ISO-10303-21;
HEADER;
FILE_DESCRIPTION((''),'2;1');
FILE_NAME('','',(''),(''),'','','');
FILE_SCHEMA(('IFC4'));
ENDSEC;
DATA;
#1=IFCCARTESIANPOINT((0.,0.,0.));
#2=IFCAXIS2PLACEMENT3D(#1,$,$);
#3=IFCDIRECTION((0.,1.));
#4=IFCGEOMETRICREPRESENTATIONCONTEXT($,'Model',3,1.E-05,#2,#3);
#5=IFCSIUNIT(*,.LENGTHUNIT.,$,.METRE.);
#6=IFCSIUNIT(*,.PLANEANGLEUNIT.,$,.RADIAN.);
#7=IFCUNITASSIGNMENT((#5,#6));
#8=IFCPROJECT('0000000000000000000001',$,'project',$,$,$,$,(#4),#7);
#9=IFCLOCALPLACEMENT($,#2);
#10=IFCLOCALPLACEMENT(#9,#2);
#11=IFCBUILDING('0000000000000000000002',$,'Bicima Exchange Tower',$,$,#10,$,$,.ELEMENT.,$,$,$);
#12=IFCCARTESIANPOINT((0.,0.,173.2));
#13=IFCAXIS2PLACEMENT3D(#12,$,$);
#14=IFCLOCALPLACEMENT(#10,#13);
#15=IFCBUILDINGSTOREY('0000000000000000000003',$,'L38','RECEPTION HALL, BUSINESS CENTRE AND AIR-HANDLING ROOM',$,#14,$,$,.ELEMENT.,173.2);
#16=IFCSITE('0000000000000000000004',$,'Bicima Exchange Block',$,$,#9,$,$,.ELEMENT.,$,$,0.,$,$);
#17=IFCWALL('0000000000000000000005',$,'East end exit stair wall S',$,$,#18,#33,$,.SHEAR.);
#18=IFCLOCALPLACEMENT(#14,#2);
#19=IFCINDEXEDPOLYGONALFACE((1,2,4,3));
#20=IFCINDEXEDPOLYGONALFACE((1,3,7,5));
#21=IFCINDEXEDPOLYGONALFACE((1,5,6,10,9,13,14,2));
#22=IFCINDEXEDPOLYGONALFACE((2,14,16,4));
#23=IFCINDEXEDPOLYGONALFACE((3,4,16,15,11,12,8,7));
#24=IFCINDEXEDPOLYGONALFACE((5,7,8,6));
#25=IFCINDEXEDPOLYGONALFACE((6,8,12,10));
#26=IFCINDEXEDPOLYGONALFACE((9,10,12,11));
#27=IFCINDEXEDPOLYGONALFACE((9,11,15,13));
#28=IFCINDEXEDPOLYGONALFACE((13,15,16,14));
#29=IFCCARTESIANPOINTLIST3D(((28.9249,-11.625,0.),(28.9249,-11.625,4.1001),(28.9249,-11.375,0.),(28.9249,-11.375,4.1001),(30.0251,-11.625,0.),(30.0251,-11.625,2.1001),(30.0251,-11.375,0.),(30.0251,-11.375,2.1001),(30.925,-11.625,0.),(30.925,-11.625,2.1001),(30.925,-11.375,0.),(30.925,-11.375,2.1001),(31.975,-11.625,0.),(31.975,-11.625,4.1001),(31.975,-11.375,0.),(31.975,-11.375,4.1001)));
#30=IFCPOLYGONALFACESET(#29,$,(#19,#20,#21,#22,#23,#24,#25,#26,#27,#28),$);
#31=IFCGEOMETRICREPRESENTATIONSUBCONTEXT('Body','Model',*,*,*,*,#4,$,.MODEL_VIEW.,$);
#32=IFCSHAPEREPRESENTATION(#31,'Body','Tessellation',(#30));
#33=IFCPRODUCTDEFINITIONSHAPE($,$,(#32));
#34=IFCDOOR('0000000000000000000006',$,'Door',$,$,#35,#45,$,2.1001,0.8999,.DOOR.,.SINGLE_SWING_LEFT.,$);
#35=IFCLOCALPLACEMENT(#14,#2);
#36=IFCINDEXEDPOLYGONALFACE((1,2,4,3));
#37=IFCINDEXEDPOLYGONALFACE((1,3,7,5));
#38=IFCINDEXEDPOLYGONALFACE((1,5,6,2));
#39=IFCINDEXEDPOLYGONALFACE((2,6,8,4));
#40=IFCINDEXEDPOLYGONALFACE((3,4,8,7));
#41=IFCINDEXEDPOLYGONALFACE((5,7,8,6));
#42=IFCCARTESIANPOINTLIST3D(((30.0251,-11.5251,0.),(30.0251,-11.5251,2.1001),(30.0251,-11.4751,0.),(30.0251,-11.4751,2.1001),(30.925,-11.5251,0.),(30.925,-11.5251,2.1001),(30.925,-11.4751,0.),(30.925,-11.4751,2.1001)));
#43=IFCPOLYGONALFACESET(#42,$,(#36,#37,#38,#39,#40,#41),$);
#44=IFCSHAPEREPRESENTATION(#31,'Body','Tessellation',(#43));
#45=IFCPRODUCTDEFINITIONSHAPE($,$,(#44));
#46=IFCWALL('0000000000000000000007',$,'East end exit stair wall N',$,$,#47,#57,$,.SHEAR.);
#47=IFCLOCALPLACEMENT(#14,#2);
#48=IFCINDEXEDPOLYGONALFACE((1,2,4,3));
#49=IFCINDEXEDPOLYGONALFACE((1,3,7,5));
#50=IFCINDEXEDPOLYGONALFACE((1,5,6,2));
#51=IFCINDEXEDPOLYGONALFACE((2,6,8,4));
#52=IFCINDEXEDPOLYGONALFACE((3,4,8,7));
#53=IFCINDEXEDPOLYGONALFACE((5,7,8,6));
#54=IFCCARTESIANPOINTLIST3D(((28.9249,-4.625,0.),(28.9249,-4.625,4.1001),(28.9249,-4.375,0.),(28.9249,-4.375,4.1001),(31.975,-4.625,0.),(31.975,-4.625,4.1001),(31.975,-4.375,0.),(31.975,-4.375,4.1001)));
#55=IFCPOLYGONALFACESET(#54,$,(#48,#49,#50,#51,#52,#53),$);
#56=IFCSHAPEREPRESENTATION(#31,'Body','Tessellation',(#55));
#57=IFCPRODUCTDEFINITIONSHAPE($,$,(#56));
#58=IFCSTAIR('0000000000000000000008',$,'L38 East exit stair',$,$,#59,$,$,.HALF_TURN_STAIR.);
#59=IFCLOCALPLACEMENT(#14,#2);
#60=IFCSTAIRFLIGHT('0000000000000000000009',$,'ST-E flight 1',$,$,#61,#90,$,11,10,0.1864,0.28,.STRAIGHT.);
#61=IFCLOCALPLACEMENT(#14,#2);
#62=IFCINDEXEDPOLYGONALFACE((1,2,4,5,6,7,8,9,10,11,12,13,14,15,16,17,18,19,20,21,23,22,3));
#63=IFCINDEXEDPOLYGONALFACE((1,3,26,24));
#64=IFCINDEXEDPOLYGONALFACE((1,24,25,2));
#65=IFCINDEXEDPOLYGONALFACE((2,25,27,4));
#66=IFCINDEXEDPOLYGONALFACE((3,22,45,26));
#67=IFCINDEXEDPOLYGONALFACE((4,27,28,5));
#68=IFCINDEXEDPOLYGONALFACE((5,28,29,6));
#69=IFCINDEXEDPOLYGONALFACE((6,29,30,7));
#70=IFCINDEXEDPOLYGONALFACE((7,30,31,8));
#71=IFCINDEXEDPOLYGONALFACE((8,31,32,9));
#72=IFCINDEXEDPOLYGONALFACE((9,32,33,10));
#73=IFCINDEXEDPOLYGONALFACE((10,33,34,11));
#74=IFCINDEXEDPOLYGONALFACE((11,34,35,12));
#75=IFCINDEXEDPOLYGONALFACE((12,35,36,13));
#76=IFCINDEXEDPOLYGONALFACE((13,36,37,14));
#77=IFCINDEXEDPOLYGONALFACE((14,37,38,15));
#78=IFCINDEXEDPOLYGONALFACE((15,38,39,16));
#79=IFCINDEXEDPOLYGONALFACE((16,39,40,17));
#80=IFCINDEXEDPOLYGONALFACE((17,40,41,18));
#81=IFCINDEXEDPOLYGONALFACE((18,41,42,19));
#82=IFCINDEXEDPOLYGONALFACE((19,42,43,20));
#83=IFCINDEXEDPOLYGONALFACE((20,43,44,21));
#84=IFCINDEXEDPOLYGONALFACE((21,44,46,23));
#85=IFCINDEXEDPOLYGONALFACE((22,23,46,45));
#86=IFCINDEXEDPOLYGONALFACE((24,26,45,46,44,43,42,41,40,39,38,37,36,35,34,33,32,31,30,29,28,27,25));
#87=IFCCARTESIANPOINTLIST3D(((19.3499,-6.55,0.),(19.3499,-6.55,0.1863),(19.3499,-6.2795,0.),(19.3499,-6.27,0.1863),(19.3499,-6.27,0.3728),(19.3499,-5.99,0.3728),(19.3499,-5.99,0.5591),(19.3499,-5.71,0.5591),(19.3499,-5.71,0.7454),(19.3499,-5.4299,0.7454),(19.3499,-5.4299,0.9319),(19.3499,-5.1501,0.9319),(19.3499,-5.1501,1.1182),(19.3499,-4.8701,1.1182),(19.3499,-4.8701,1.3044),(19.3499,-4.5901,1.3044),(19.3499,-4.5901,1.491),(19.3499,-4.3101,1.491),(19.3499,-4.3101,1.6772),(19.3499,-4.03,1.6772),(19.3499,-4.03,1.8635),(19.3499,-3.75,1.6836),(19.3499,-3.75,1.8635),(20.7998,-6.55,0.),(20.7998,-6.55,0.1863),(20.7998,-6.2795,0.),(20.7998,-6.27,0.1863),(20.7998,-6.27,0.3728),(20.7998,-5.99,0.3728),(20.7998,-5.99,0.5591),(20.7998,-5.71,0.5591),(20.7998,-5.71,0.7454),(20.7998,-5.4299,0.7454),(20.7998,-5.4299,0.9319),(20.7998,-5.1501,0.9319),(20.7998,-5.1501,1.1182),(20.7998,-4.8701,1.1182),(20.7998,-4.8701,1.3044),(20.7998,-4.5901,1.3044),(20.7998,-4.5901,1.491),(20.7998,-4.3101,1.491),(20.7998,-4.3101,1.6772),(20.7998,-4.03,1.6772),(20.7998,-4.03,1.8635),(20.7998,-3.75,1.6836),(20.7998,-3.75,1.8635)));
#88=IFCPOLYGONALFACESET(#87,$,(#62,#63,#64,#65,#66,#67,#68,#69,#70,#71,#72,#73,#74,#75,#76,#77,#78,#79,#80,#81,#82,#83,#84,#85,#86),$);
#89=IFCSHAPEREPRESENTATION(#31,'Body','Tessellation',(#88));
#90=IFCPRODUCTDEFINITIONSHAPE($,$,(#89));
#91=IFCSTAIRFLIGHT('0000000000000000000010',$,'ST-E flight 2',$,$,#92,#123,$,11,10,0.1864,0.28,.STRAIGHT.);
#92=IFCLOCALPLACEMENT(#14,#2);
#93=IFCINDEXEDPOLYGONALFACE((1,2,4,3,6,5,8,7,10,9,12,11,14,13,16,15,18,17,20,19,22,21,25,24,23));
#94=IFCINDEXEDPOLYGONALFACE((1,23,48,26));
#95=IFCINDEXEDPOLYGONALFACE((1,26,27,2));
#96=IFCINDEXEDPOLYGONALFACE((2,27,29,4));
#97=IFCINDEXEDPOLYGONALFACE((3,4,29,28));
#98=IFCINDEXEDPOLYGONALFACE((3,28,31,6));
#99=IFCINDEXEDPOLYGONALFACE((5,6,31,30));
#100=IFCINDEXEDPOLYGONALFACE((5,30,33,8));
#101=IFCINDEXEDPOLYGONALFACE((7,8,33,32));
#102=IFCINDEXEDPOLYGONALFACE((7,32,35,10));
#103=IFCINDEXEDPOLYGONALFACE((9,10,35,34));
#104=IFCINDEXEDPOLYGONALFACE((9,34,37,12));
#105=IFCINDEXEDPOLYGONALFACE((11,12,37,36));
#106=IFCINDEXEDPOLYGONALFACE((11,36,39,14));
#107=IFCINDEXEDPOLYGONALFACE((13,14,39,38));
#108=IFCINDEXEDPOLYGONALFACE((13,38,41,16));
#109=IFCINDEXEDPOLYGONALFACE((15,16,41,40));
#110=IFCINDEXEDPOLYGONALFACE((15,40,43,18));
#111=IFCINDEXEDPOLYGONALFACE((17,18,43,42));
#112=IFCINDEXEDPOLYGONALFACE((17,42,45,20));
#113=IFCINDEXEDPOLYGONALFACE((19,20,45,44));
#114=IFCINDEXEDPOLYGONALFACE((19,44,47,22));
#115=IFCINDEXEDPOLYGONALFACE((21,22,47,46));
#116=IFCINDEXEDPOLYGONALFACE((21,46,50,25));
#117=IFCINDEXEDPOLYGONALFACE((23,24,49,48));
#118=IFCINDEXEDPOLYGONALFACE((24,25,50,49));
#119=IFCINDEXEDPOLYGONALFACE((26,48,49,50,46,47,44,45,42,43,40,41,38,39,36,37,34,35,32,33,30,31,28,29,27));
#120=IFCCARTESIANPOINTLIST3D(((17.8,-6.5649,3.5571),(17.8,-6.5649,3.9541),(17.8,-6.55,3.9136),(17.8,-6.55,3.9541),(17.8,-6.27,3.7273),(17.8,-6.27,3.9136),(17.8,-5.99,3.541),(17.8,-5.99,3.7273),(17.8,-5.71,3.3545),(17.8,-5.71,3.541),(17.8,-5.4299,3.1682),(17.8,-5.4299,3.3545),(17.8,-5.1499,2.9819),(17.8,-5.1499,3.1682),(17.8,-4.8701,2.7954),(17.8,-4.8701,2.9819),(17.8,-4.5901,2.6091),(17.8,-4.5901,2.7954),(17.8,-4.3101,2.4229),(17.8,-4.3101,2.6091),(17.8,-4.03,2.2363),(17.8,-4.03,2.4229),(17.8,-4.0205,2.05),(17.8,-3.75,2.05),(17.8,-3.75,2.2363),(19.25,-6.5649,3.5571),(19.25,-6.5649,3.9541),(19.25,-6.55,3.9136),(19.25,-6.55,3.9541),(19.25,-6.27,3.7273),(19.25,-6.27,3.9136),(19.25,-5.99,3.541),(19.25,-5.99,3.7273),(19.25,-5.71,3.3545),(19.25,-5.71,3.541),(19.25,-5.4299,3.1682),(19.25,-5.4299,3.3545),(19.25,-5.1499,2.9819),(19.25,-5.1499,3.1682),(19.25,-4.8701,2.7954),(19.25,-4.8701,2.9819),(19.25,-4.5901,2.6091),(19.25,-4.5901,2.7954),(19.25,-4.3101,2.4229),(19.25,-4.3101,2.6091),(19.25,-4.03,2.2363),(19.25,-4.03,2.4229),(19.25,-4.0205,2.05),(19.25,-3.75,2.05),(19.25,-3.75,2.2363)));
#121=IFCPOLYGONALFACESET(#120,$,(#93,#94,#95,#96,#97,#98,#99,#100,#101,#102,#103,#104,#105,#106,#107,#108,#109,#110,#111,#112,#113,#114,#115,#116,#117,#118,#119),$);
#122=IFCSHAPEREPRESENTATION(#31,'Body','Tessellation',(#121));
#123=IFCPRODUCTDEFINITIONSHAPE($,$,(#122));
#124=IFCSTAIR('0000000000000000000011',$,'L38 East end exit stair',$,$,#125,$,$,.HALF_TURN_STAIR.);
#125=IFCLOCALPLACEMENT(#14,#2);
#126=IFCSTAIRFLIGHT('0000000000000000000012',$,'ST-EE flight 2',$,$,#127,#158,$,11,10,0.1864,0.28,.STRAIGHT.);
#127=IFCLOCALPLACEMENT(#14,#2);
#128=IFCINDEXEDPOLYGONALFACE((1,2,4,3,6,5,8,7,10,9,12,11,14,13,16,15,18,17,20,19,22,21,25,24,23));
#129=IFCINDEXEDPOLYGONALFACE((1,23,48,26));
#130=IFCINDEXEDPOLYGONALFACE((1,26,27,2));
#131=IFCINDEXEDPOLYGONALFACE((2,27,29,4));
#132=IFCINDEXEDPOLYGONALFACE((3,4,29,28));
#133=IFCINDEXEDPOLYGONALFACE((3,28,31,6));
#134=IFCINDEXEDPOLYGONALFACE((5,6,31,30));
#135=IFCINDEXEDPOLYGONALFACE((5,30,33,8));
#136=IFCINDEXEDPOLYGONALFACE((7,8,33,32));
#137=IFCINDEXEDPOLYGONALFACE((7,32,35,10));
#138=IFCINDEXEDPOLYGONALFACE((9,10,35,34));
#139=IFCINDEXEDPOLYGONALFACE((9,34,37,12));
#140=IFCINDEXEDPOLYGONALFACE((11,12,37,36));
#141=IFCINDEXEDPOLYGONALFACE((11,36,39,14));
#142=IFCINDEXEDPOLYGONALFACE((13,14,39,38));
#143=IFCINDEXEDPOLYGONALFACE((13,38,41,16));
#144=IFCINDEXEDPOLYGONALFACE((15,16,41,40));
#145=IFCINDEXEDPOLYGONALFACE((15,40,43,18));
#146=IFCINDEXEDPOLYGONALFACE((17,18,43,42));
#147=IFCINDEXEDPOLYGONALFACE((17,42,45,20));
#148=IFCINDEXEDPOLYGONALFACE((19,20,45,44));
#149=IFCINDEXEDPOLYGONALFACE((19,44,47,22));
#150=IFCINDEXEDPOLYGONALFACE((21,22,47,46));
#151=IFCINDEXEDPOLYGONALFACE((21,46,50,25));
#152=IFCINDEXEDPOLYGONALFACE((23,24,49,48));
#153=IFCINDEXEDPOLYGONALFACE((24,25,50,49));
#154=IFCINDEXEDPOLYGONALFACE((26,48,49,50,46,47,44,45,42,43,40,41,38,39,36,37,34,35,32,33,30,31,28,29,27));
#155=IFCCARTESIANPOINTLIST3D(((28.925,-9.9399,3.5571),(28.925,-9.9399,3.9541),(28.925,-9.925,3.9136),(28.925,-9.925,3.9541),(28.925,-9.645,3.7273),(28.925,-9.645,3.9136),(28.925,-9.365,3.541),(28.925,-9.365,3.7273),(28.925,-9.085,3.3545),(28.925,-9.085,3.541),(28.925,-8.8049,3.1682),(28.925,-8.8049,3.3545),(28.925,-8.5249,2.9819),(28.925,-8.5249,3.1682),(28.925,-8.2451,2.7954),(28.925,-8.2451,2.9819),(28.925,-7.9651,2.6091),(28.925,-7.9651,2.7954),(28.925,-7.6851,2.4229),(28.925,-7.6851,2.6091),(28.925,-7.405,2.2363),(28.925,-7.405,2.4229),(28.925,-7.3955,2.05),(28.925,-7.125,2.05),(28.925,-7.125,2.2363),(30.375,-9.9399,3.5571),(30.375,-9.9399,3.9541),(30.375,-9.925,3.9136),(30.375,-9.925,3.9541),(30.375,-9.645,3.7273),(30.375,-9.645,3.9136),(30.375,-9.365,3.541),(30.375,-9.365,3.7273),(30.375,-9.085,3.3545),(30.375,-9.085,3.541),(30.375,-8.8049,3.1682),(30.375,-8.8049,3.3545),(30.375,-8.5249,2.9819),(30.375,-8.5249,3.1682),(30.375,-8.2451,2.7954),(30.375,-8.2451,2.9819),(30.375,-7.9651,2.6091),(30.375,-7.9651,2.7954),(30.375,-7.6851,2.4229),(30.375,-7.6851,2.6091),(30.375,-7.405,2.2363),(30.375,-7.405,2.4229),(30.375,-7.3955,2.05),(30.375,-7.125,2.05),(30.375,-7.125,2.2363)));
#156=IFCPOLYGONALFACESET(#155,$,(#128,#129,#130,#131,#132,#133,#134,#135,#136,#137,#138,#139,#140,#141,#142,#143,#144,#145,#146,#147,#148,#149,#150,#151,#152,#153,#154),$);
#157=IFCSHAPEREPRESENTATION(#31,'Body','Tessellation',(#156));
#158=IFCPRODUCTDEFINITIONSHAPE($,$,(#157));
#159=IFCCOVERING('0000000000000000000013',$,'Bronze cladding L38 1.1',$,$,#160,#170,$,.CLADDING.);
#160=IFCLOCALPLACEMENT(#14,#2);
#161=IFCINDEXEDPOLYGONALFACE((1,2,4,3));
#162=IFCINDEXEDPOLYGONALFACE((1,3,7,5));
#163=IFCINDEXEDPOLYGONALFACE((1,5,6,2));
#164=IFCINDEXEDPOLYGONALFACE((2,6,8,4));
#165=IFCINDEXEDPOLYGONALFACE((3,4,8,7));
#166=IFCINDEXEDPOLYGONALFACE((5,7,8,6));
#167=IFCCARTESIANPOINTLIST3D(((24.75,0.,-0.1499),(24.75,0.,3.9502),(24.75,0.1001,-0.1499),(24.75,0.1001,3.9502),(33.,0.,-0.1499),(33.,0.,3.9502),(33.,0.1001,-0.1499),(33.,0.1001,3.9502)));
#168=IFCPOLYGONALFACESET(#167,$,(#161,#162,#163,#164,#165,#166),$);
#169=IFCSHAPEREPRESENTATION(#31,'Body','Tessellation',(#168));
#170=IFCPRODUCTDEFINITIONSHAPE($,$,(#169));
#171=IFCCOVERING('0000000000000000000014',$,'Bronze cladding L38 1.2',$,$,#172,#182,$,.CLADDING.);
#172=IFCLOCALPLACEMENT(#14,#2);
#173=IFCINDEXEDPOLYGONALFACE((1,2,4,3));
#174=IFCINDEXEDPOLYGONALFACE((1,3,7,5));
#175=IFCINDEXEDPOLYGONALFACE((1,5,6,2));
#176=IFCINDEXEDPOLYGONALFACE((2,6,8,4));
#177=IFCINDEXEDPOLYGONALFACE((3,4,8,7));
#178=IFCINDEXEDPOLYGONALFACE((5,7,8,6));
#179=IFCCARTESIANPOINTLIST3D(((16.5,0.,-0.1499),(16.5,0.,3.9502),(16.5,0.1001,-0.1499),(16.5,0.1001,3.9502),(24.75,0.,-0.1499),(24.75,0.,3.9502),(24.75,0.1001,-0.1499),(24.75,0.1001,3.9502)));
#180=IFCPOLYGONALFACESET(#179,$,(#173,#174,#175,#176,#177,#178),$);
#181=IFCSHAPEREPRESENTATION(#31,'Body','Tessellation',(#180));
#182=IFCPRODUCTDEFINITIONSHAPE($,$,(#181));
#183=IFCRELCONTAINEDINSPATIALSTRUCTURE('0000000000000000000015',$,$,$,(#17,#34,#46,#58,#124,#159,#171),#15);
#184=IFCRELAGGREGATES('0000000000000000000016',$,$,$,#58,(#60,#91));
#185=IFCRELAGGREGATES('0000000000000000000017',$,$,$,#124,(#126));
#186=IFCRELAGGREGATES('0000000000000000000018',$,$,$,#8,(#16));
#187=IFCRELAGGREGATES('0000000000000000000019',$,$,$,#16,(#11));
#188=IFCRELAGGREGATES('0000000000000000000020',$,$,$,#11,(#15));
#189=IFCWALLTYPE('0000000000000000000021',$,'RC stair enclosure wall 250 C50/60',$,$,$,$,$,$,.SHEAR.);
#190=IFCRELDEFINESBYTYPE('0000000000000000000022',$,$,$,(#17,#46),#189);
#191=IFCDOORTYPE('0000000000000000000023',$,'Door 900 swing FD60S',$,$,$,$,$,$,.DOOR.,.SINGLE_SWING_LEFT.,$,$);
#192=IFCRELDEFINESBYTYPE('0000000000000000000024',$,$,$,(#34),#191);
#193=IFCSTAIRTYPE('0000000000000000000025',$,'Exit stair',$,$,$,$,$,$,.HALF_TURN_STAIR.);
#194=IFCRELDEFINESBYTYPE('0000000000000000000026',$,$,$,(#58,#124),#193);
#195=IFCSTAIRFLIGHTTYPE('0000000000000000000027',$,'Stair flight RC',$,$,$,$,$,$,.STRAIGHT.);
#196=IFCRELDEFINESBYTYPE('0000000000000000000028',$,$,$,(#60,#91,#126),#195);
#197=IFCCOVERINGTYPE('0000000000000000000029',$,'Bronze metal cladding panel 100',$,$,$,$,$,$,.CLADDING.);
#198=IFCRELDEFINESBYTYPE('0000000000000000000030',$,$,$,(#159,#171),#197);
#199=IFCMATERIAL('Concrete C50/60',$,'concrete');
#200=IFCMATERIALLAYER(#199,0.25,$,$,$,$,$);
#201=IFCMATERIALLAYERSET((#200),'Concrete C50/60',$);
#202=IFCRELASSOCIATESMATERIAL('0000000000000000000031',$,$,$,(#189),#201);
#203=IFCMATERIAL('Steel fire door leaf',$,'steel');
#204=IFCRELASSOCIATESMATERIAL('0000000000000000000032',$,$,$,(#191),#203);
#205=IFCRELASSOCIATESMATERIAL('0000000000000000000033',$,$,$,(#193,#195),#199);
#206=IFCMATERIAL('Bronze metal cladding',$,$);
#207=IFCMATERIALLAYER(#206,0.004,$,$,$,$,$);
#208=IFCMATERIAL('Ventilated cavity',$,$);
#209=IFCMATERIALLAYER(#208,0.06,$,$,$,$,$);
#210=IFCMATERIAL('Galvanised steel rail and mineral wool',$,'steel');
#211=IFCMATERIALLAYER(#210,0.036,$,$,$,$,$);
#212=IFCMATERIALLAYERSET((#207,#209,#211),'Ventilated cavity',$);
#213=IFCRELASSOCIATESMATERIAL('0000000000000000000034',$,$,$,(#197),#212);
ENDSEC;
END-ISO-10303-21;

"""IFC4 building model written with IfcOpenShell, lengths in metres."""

from ifc_helpers import new_model, si_unit, direction, frame, frame_2d, origin, origin_2d, place, context, subcontext, project, spatial, polyline, rectangle, outline, extrude, material, layer, layer_set, type_object, element, fill, aggregate, save


model = new_model("IFC4")

# Units and contexts
model_context = context("Model", 3, precision=1e-05, world=origin(), true_north=direction((0.0, 1.0)))
body_context = subcontext(model_context, "Body", "Model", "MODEL_VIEW")
ifc_project = project(units=[si_unit("LENGTHUNIT", "METRE"), si_unit("PLANEANGLEUNIT", "RADIAN")], contexts=[model_context])

# Site, building, storey
site_placement = place(None, origin())
site = spatial("IfcSite", under=ifc_project, at=site_placement, Name="Bicima Exchange Block", CompositionType="ELEMENT", RefElevation=0.0)
building_placement = place(site_placement, origin())
building = spatial("IfcBuilding", under=site, at=building_placement, Name="Bicima Exchange Tower", CompositionType="ELEMENT")
storey_placement = place(building_placement, frame((0.0, 0.0, 173.2)))
storey = spatial("IfcBuildingStorey", under=building, at=storey_placement, Name="L38", Description="RECEPTION HALL, BUSINESS CENTRE AND AIR-HANDLING ROOM", CompositionType="ELEMENT", Elevation=173.2)

# Shared definitions
ifc_material_1 = material(Name="Concrete C50/60", Category="concrete")
ifc_layer_1 = layer(ifc_material_1, 0.25)
ifc_layer_set_1 = layer_set([ifc_layer_1], Name="Concrete C50/60")
wall_type_1 = type_object("IfcWallType", Name="RC stair enclosure wall 250 C50/60", PredefinedType="SHEAR", material=ifc_layer_set_1)

# Wall, opening, door
wall_1_placement = place(storey_placement, frame((28.925, -11.5, 0.0), z_axis=(0.0, 0.0, 1.0), x_axis=(1.0, 0.0, 0.0)))
wall_1 = element("IfcWall", 1, at=wall_1_placement, inside=storey, type_object=wall_type_1, Name="East end exit stair wall S", PredefinedType="SHEAR", context=body_context, shape_type="SweptSolid", body=[
    extrude(rectangle(XDim=3.05, YDim=0.25, at=frame_2d((1.5249, 0.0))), origin(), (0.0, 0.0, 1.0), 4.1001),
])
opening_placement = place(wall_1_placement, frame((1.1001, 0.0, 0.0)))
opening = element("IfcOpeningElement", 2, at=opening_placement, cuts=wall_1, PredefinedType="OPENING", context=body_context, shape_type="SweptSolid", body=[
    extrude(rectangle(XDim=0.8999, YDim=2.1001, at=frame_2d((0.45, 1.05))), frame((0.0, 0.137, 0.0), z_axis=(0.0, -1.0, 0.0), x_axis=(1.0, 0.0, 0.0)), (0.0, 0.0, 1.0), 0.2739),
])
ifc_material_2 = material(Name="Steel fire door leaf", Category="steel")
door_type = type_object("IfcDoorType", Name="Door 900 swing FD60S", OperationType="SINGLE_SWING_LEFT", PredefinedType="DOOR", material=ifc_material_2)
door_placement = place(opening_placement, origin())
door = element("IfcDoor", 3, at=door_placement, inside=storey, type_object=door_type, Name="Door", OperationType="SINGLE_SWING_LEFT", OverallHeight=2.1001, OverallWidth=0.8999, PredefinedType="DOOR", context=body_context, shape_type="SweptSolid", body=[
    extrude(rectangle(XDim=0.8999, YDim=2.1001, at=frame_2d((0.45, 1.05))), frame((0.0, 0.0249, 0.0), z_axis=(0.0, -1.0, 0.0), x_axis=(1.0, 0.0, 0.0)), (0.0, 0.0, 1.0), 0.05),
])
fill(opening, door)

# Wall
wall_2_placement = place(storey_placement, frame((28.925, -4.5, 0.0), z_axis=(0.0, 0.0, 1.0), x_axis=(1.0, 0.0, 0.0)))
element("IfcWall", 4, at=wall_2_placement, inside=storey, type_object=wall_type_1, Name="East end exit stair wall N", PredefinedType="SHEAR", context=body_context, shape_type="SweptSolid", body=[
    extrude(rectangle(XDim=3.05, YDim=0.25, at=frame_2d((1.5249, 0.0))), origin(), (0.0, 0.0, 1.0), 4.1001),
])

# Stair, stair flights
stair_type = type_object("IfcStairType", Name="Exit stair", PredefinedType="HALF_TURN_STAIR", material=ifc_material_1)
stair_1_placement = place(storey_placement, origin())
stair_1 = element("IfcStair", 5, at=stair_1_placement, inside=storey, type_object=stair_type, Name="L38 East exit stair", PredefinedType="HALF_TURN_STAIR")
stair_flight_type = type_object("IfcStairFlightType", Name="Stair flight RC", PredefinedType="STRAIGHT", material=ifc_material_1)
stair_flight_1_placement = place(storey_placement, frame((20.075, -6.55, 0.0), z_axis=(0.0, 0.0, 1.0), x_axis=(0.0, 1.0, 0.0)))
stair_flight_1 = element("IfcStairFlight", 6, at=stair_flight_1_placement, type_object=stair_flight_type, Name="ST-E flight 1", NumberOfRisers=11, NumberOfTreads=10, PredefinedType="STRAIGHT", RiserHeight=0.1864, TreadLength=0.28, context=body_context, shape_type="SweptSolid", body=[
    extrude(outline(polyline([(0.0, 0.0), (0.0, 0.1863), (0.28, 0.1863), (0.28, 0.3728), (0.5601, 0.3728), (0.5601, 0.5591), (0.8401, 0.5591), (0.8401, 0.7454), (1.1201, 0.7454), (1.1201, 0.9319), (1.3999, 0.9319), (1.3999, 1.1182), (1.6799, 1.1182), (1.6799, 1.3044), (1.96, 1.3044), (1.96, 1.491), (2.24, 1.491), (2.24, 1.6772), (2.52, 1.6772), (2.52, 1.8635), (2.8, 1.8635), (2.8, 2.05), (2.8, 1.6836), (0.2705, 0.0), (0.0, 0.0)])), frame((0.0, 0.7251, 0.0), z_axis=(0.0, -1.0, 0.0), x_axis=(1.0, 0.0, 0.0)), (0.0, 0.0, 1.0), 1.45),
])
stair_flight_2_placement = place(storey_placement, frame((18.5249, -3.75, 2.05), z_axis=(0.0, 0.0, 1.0), x_axis=(0.0, -1.0, 0.0)))
stair_flight_2 = element("IfcStairFlight", 7, at=stair_flight_2_placement, type_object=stair_flight_type, Name="ST-E flight 2", NumberOfRisers=11, NumberOfTreads=10, PredefinedType="STRAIGHT", RiserHeight=0.1864, TreadLength=0.28, context=body_context, shape_type="SweptSolid", body=[
    extrude(outline(polyline([(0.0, 0.0), (0.0, 0.1863), (0.28, 0.1863), (0.28, 0.3728), (0.5601, 0.3728), (0.5601, 0.5591), (0.8401, 0.5591), (0.8401, 0.7454), (1.1201, 0.7454), (1.1201, 0.9319), (1.3999, 0.9319), (1.3999, 1.1182), (1.6799, 1.1182), (1.6799, 1.3044), (1.96, 1.3044), (1.96, 1.491), (2.24, 1.491), (2.24, 1.6772), (2.52, 1.6772), (2.52, 1.8635), (2.8, 1.8635), (2.8, 1.9041), (2.8149, 1.9041), (2.8149, 1.5071), (0.2705, 0.0), (0.0, 0.0)])), frame((0.0, 0.7251, 0.0), z_axis=(0.0, -1.0, 0.0), x_axis=(1.0, 0.0, 0.0)), (0.0, 0.0, 1.0), 1.45),
])
aggregate(stair_1, [stair_flight_1, stair_flight_2])

# Stair, stair flight
stair_2_placement = place(storey_placement, origin())
stair_2 = element("IfcStair", 8, at=stair_2_placement, inside=storey, type_object=stair_type, Name="L38 East end exit stair", PredefinedType="HALF_TURN_STAIR")
stair_flight_3_placement = place(storey_placement, frame((29.6499, -7.125, 2.05), z_axis=(0.0, 0.0, 1.0), x_axis=(0.0, -1.0, 0.0)))
stair_flight_3 = element("IfcStairFlight", 9, at=stair_flight_3_placement, type_object=stair_flight_type, Name="ST-EE flight 2", NumberOfRisers=11, NumberOfTreads=10, PredefinedType="STRAIGHT", RiserHeight=0.1864, TreadLength=0.28, context=body_context, shape_type="SweptSolid", body=[
    extrude(outline(polyline([(0.0, 0.0), (0.0, 0.1863), (0.28, 0.1863), (0.28, 0.3728), (0.5601, 0.3728), (0.5601, 0.5591), (0.8401, 0.5591), (0.8401, 0.7454), (1.1201, 0.7454), (1.1201, 0.9319), (1.3999, 0.9319), (1.3999, 1.1182), (1.6799, 1.1182), (1.6799, 1.3044), (1.96, 1.3044), (1.96, 1.491), (2.24, 1.491), (2.24, 1.6772), (2.52, 1.6772), (2.52, 1.8635), (2.8, 1.8635), (2.8, 1.9041), (2.8149, 1.9041), (2.8149, 1.5071), (0.2705, 0.0), (0.0, 0.0)])), frame((0.0, 0.7251, 0.0), z_axis=(0.0, -1.0, 0.0), x_axis=(1.0, 0.0, 0.0)), (0.0, 0.0, 1.0), 1.45),
])
aggregate(stair_2, [stair_flight_3])

# Coverings
ifc_material_3 = material(Name="Bronze metal cladding")
ifc_layer_2 = layer(ifc_material_3, 0.004)
ifc_material_4 = material(Name="Ventilated cavity")
ifc_layer_3 = layer(ifc_material_4, 0.06)
ifc_material_5 = material(Name="Galvanised steel rail and mineral wool", Category="steel")
ifc_layer_4 = layer(ifc_material_5, 0.036)
ifc_layer_set_2 = layer_set([ifc_layer_2, ifc_layer_3, ifc_layer_4], Name="Ventilated cavity")
covering_type = type_object("IfcCoveringType", Name="Bronze metal cladding panel 100", PredefinedType="CLADDING", material=ifc_layer_set_2)
for number, where, z_axis, x_axis, name in (
    (10, (28.875, 0.05, -0.1499), (0.0, 0.0, 1.0), (-1.0, 0.0, 0.0), "Bronze cladding L38 1.1"),
    (11, (20.625, 0.05, -0.1499), (0.0, 0.0, 1.0), (-1.0, 0.0, 0.0), "Bronze cladding L38 1.2"),
):
    element("IfcCovering", number, at=place(storey_placement, frame(where, z_axis=z_axis, x_axis=x_axis)), inside=storey, type_object=covering_type, Name=name, PredefinedType="CLADDING", context=body_context, shape_type="SweptSolid", body=[
        extrude(rectangle(XDim=8.25, YDim=0.1001, at=origin_2d()), origin(), (0.0, 0.0, 1.0), 4.1001),
    ])

save(model, "model.ifc")
